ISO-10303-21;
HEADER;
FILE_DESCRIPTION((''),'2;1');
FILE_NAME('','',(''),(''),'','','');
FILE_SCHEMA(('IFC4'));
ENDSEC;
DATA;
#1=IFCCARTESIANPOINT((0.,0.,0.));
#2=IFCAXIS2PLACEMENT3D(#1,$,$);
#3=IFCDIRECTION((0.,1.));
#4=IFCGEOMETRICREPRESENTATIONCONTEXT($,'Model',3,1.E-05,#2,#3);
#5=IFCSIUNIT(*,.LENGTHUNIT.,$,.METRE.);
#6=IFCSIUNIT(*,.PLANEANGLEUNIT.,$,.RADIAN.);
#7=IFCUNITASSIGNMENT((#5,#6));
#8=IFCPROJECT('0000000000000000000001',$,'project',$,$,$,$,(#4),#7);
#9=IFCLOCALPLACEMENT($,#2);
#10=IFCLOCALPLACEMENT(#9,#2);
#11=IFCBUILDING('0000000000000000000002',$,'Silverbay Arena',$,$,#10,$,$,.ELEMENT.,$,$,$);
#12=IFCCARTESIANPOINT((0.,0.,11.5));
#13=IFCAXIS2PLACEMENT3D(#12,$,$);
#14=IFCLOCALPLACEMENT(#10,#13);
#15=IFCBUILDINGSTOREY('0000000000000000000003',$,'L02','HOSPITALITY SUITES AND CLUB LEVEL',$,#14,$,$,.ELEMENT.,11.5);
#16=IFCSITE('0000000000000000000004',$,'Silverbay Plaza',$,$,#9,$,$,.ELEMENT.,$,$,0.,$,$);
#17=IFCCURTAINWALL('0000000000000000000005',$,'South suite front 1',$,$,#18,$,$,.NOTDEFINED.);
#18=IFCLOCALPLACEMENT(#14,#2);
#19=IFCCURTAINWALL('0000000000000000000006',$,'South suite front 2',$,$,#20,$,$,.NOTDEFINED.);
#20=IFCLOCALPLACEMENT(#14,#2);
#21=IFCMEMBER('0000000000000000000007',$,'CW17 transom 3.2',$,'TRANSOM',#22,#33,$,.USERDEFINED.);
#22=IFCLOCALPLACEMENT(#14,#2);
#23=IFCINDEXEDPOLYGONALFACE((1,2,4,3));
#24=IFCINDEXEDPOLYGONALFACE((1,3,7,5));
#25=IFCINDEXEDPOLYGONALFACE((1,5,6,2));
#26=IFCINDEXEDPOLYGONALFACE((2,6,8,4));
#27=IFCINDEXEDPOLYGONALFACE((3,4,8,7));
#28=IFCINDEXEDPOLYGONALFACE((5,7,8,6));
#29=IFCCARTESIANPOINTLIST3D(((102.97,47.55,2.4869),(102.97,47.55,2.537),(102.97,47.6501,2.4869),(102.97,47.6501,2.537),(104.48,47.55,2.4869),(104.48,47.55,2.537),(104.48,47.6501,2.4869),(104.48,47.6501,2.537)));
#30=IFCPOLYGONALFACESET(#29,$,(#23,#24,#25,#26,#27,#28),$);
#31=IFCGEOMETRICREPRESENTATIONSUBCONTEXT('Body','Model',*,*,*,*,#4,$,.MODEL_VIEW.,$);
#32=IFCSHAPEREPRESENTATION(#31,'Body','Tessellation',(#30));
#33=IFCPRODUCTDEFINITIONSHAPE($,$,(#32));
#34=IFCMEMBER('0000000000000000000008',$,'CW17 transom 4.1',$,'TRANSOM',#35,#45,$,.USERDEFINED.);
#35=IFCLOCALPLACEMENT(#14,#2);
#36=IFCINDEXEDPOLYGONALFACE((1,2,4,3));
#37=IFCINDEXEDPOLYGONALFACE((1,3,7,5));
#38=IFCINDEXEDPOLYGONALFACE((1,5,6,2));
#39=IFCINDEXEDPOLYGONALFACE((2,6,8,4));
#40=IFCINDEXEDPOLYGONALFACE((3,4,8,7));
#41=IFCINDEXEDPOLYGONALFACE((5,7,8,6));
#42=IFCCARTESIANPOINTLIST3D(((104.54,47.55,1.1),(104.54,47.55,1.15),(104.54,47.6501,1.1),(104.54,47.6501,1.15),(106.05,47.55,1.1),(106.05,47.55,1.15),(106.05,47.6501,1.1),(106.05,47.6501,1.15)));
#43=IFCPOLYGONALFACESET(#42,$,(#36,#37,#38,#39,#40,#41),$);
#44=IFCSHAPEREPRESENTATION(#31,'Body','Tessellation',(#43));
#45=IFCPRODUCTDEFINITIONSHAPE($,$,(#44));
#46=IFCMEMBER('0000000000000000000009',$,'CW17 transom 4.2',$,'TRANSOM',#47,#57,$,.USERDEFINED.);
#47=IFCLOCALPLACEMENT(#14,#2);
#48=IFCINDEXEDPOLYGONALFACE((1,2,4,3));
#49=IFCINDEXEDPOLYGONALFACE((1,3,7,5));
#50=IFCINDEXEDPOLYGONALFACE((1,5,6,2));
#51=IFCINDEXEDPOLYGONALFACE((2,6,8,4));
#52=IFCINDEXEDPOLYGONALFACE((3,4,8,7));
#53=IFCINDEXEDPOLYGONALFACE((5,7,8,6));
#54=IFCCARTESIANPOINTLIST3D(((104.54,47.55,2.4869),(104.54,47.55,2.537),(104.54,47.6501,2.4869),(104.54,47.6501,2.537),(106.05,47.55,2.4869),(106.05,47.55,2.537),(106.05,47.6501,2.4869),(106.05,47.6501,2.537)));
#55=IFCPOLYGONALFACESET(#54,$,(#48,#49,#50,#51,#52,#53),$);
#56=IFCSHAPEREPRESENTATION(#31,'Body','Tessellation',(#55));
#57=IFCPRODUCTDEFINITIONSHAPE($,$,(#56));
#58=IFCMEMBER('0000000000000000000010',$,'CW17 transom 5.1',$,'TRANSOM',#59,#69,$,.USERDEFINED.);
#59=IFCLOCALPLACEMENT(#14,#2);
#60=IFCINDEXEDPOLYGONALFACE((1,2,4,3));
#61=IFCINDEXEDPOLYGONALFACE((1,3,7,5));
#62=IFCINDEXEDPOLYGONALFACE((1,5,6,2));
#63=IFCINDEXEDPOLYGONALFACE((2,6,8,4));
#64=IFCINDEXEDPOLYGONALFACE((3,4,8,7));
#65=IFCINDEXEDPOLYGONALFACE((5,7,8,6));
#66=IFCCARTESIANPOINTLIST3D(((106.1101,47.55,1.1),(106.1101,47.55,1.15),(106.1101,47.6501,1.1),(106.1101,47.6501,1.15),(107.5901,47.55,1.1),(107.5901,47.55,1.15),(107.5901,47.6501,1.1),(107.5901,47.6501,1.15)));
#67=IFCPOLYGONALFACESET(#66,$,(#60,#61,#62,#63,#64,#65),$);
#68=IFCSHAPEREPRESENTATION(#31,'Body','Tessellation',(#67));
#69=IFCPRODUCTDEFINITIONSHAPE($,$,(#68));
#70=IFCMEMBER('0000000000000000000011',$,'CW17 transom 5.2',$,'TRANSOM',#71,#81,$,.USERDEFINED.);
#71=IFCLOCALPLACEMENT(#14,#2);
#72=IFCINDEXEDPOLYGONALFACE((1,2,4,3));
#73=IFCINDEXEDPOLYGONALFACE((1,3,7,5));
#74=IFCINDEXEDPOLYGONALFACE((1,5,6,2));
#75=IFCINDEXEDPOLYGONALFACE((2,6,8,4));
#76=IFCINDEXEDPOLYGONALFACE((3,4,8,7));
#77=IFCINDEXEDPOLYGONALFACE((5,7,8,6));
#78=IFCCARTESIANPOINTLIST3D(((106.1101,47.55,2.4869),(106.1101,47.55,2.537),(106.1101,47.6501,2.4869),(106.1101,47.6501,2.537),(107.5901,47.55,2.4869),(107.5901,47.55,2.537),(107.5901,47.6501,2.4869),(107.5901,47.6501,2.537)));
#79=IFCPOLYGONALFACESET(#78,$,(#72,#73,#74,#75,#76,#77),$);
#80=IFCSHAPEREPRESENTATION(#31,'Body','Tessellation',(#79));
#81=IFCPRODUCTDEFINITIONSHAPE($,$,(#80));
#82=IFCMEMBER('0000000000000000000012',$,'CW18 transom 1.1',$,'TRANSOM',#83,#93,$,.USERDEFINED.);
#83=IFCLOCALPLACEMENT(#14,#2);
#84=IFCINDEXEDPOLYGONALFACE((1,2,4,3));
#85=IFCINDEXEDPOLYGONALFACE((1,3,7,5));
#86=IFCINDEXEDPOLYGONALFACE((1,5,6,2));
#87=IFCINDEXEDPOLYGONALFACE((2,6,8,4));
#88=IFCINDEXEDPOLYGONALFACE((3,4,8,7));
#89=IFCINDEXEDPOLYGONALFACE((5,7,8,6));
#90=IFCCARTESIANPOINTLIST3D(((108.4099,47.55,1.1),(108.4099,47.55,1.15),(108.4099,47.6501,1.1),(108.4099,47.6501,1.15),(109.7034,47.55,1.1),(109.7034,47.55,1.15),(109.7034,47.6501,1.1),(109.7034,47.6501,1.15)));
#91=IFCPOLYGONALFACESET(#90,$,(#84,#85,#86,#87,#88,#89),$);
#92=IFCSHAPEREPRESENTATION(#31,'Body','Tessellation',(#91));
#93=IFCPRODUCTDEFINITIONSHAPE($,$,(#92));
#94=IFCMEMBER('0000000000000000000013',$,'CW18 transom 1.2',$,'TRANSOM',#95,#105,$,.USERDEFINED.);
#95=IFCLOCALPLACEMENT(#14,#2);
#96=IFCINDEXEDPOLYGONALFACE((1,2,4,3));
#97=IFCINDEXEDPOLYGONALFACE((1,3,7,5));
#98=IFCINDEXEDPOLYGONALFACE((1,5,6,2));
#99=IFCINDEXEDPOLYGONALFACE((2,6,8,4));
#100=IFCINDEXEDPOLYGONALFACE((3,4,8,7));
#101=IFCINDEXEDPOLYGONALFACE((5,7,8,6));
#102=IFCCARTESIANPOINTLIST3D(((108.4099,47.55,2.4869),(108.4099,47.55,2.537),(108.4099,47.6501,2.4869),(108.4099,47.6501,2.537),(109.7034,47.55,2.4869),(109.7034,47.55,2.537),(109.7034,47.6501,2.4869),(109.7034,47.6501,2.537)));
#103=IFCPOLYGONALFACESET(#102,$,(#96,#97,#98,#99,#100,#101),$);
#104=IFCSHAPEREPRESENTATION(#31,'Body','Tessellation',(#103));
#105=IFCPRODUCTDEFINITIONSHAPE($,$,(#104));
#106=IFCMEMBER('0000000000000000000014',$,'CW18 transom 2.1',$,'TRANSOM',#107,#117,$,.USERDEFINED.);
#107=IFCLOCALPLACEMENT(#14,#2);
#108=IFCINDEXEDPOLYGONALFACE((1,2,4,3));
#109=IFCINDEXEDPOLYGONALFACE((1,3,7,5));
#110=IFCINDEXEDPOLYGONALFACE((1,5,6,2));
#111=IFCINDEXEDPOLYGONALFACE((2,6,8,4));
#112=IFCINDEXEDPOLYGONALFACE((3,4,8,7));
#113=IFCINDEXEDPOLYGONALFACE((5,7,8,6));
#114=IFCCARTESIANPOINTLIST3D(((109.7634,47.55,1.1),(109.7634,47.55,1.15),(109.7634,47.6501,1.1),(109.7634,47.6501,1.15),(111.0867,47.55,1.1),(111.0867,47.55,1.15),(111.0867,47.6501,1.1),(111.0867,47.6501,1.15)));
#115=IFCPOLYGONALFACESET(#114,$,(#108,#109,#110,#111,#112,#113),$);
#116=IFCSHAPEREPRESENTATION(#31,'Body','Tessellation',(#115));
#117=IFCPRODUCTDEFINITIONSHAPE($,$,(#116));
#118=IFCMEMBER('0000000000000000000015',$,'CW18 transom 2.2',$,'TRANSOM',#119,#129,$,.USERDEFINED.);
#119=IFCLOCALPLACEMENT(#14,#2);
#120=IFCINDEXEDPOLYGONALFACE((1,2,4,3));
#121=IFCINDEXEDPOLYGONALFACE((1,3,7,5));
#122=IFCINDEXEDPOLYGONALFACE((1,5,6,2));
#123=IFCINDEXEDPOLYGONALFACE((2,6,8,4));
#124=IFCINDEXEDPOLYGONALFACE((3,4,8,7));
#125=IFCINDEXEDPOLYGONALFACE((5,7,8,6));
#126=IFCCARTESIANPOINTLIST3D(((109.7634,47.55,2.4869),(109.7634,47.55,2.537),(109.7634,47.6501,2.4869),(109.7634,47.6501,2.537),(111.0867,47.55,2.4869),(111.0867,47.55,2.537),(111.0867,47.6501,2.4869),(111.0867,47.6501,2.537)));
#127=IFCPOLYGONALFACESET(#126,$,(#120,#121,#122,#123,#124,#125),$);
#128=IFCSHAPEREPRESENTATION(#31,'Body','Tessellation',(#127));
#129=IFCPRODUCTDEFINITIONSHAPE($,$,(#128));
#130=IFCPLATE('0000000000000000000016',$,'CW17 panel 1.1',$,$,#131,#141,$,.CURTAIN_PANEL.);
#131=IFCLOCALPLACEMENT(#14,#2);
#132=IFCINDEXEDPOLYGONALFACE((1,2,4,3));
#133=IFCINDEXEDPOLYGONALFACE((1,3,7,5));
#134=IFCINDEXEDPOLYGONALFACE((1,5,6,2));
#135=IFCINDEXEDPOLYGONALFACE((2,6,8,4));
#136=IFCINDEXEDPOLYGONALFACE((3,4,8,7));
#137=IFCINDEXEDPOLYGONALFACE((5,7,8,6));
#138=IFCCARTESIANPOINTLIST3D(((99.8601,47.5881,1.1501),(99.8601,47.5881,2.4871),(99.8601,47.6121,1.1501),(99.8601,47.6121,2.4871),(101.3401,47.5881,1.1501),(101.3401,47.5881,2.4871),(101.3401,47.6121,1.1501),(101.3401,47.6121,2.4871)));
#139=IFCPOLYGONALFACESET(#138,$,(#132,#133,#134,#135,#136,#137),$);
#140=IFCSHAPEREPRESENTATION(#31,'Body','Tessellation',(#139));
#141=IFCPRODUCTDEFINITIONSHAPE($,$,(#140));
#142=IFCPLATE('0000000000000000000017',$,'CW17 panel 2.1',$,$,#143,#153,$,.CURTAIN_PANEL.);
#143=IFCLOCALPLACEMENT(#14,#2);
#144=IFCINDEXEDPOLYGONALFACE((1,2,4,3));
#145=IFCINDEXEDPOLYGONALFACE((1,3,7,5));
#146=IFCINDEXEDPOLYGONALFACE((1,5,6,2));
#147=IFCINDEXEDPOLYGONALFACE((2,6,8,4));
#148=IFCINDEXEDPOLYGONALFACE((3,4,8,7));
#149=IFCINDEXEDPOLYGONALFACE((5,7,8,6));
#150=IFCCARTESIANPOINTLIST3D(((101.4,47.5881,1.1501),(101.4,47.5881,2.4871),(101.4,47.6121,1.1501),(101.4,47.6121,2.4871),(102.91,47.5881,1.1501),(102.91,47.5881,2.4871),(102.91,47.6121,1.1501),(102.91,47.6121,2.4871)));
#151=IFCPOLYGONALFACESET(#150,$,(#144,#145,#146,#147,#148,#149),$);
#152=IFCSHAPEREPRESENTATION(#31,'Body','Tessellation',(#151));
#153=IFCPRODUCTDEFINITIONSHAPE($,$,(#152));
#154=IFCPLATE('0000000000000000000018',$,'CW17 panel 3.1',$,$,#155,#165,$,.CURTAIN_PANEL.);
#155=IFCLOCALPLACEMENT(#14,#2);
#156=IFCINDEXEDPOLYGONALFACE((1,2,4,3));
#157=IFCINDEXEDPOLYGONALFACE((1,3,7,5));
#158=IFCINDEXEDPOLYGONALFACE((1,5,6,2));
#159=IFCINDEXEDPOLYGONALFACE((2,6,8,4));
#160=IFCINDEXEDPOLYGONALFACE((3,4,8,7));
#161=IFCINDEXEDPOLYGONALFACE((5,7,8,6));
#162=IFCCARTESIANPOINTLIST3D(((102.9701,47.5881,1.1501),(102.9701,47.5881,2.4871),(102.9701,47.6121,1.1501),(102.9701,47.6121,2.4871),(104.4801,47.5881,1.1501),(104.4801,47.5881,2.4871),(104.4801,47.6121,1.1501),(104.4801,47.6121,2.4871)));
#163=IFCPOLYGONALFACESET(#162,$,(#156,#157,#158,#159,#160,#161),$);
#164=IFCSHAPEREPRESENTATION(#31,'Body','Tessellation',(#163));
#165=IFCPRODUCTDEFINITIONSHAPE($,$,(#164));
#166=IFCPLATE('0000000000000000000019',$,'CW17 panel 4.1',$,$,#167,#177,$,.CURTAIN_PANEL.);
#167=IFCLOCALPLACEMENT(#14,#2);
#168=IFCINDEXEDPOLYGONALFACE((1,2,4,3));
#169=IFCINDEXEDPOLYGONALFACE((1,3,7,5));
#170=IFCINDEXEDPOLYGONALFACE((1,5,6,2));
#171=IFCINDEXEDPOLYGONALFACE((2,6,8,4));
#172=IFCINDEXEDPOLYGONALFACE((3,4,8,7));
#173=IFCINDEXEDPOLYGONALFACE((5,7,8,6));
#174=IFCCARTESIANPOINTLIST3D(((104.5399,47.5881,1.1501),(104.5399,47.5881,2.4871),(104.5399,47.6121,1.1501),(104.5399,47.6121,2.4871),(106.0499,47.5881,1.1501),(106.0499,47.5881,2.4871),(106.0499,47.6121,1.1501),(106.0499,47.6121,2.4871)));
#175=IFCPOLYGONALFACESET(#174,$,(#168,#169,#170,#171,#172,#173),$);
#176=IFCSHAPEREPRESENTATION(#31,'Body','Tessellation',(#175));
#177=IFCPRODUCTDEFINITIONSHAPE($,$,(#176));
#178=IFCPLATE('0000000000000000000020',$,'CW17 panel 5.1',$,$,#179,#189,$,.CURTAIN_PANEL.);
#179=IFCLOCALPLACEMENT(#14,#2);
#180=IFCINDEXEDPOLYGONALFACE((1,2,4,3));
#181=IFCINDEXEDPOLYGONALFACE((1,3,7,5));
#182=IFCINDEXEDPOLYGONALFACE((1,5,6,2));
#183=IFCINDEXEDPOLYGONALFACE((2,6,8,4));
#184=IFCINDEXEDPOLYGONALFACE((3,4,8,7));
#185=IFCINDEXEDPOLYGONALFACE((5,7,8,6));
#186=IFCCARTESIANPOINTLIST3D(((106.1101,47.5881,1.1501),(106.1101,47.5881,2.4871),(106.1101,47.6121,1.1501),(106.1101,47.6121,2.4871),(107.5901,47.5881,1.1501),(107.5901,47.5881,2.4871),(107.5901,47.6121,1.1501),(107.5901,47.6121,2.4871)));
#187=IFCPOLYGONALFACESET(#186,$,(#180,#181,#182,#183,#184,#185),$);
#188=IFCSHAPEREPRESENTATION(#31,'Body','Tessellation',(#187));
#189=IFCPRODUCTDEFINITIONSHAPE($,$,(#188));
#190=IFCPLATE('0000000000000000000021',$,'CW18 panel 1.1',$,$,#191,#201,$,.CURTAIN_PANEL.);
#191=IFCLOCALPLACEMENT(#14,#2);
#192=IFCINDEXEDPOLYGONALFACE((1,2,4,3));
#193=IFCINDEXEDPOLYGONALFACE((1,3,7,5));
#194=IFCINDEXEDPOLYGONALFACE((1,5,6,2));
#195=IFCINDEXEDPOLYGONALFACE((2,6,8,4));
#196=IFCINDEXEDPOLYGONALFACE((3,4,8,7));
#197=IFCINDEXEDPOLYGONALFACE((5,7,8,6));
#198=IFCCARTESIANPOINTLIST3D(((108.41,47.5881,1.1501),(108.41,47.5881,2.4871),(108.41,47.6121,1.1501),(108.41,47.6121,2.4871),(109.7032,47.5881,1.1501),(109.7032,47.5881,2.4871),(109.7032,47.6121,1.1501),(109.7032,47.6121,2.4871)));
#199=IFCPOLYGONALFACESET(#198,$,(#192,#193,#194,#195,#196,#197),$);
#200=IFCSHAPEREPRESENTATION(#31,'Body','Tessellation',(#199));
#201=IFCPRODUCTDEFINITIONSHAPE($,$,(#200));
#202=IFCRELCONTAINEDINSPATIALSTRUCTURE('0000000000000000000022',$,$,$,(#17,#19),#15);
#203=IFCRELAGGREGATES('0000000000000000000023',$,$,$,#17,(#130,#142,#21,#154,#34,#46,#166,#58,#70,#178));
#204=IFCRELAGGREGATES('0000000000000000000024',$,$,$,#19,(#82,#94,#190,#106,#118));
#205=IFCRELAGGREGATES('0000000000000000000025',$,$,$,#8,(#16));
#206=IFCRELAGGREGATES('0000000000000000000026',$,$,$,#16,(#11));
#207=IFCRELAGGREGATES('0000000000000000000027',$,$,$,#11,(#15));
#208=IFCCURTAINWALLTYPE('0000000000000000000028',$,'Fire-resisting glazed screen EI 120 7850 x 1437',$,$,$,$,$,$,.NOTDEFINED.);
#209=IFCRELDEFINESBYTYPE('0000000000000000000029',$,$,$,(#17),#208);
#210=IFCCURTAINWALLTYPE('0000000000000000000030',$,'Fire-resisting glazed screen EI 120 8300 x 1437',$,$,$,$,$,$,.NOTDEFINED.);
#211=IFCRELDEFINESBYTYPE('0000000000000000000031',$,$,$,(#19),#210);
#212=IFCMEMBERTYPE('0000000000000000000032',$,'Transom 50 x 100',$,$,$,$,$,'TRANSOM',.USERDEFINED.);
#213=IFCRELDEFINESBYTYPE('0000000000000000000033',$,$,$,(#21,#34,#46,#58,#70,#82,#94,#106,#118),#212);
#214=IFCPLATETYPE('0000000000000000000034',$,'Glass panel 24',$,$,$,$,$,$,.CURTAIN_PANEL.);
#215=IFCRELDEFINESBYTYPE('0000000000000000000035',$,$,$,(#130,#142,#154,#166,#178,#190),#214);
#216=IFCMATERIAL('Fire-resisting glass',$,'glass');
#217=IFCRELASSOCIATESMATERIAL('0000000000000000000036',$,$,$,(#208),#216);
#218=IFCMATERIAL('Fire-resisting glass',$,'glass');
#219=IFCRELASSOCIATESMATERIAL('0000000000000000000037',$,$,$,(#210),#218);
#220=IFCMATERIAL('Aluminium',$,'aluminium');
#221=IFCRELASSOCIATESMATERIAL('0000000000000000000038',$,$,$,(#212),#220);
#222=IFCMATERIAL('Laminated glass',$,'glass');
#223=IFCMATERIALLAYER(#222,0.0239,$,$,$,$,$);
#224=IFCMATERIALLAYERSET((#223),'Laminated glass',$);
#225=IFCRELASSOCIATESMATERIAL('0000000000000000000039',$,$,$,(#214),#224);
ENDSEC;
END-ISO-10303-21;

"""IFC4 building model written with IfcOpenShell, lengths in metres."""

from ifc_helpers import new_model, si_unit, direction, frame, origin, origin_2d, place, context, subcontext, project, spatial, rectangle, extrude, material, layer, layer_set, material_profile, profile_set, type_object, element, aggregate, save


model = new_model("IFC4")

# Units and contexts
model_context = context("Model", 3, precision=1e-05, world=origin(), true_north=direction((0.0, 1.0)))
body_context = subcontext(model_context, "Body", "Model", "MODEL_VIEW")
ifc_project = project(units=[si_unit("LENGTHUNIT", "METRE"), si_unit("PLANEANGLEUNIT", "RADIAN")], contexts=[model_context])

# Site, building, storey
site_placement = place(None, origin())
site = spatial("IfcSite", under=ifc_project, at=site_placement, Name="Silverbay Plaza", CompositionType="ELEMENT", RefElevation=0.0)
building_placement = place(site_placement, origin())
building = spatial("IfcBuilding", under=site, at=building_placement, Name="Silverbay Arena", CompositionType="ELEMENT")
storey_placement = place(building_placement, frame((0.0, 0.0, 11.5)))
storey = spatial("IfcBuildingStorey", under=building, at=storey_placement, Name="L02", Description="HOSPITALITY SUITES AND CLUB LEVEL", CompositionType="ELEMENT", Elevation=11.5)

# Curtain walls
ifc_material_1 = material(Name="Fire-resisting glass", Category="glass")
curtain_wall_type_1 = type_object("IfcCurtainWallType", Name="Fire-resisting glazed screen EI 120 7850 x 1437", PredefinedType="NOTDEFINED", material=ifc_material_1)
curtain_wall_1_placement = place(storey_placement, origin())
curtain_wall_1 = element("IfcCurtainWall", 1, at=curtain_wall_1_placement, inside=storey, type_object=curtain_wall_type_1, Name="South suite front 1", PredefinedType="NOTDEFINED")
ifc_material_2 = material(Name="Fire-resisting glass", Category="glass")
curtain_wall_type_2 = type_object("IfcCurtainWallType", Name="Fire-resisting glazed screen EI 120 8300 x 1437", PredefinedType="NOTDEFINED", material=ifc_material_2)
curtain_wall_2_placement = place(storey_placement, origin())
curtain_wall_2 = element("IfcCurtainWall", 2, at=curtain_wall_2_placement, inside=storey, type_object=curtain_wall_type_2, Name="South suite front 2", PredefinedType="NOTDEFINED")

# Members
ifc_material_3 = material(Name="Aluminium", Category="aluminium")
ifc_material_profile_1 = material_profile(ifc_material_3, rectangle(XDim=0.1001, YDim=0.05, at=origin_2d()), Name="Transom 50 x 100")
ifc_profile_set_1 = profile_set([ifc_material_profile_1], Name="Aluminium")
member_type_1 = type_object("IfcMemberType", Name="Transom 50 x 100", ElementType="TRANSOM", PredefinedType="USERDEFINED", material=ifc_profile_set_1)
member_1_placement = place(storey_placement, frame((102.97, 47.6001, 2.512), z_axis=(1.0, 0.0, 0.0), x_axis=(0.0, 1.0, 0.0)))
member_1 = element("IfcMember", 3, at=member_1_placement, type_object=member_type_1, Name="CW17 transom 3.2", ObjectType="TRANSOM", PredefinedType="USERDEFINED", context=body_context, shape_type="SweptSolid", body=[
    extrude(rectangle(XDim=0.1001, YDim=0.05, at=origin_2d()), origin(), (0.0, 0.0, 1.0), 1.51),
])
member_2_placement = place(storey_placement, frame((104.54, 47.6001, 1.125), z_axis=(1.0, 0.0, 0.0), x_axis=(0.0, 1.0, 0.0)))
member_2 = element("IfcMember", 4, at=member_2_placement, type_object=member_type_1, Name="CW17 transom 4.1", ObjectType="TRANSOM", PredefinedType="USERDEFINED", context=body_context, shape_type="SweptSolid", body=[
    extrude(rectangle(XDim=0.1001, YDim=0.05, at=origin_2d()), origin(), (0.0, 0.0, 1.0), 1.51),
])
member_3_placement = place(storey_placement, frame((104.54, 47.6001, 2.512), z_axis=(1.0, 0.0, 0.0), x_axis=(0.0, 1.0, 0.0)))
member_3 = element("IfcMember", 5, at=member_3_placement, type_object=member_type_1, Name="CW17 transom 4.2", ObjectType="TRANSOM", PredefinedType="USERDEFINED", context=body_context, shape_type="SweptSolid", body=[
    extrude(rectangle(XDim=0.1001, YDim=0.05, at=origin_2d()), origin(), (0.0, 0.0, 1.0), 1.51),
])
member_4_placement = place(storey_placement, frame((106.1101, 47.6001, 1.125), z_axis=(1.0, 0.0, 0.0), x_axis=(0.0, 1.0, 0.0)))
member_4 = element("IfcMember", 6, at=member_4_placement, type_object=member_type_1, Name="CW17 transom 5.1", ObjectType="TRANSOM", PredefinedType="USERDEFINED", context=body_context, shape_type="SweptSolid", body=[
    extrude(rectangle(XDim=0.1001, YDim=0.05, at=origin_2d()), origin(), (0.0, 0.0, 1.0), 1.48),
])
member_5_placement = place(storey_placement, frame((106.1101, 47.6001, 2.512), z_axis=(1.0, 0.0, 0.0), x_axis=(0.0, 1.0, 0.0)))
member_5 = element("IfcMember", 7, at=member_5_placement, type_object=member_type_1, Name="CW17 transom 5.2", ObjectType="TRANSOM", PredefinedType="USERDEFINED", context=body_context, shape_type="SweptSolid", body=[
    extrude(rectangle(XDim=0.1001, YDim=0.05, at=origin_2d()), origin(), (0.0, 0.0, 1.0), 1.48),
])
member_6_placement = place(storey_placement, frame((108.4099, 47.6001, 1.125), z_axis=(1.0, 0.0, 0.0), x_axis=(0.0, 1.0, 0.0)))
member_6 = element("IfcMember", 8, at=member_6_placement, type_object=member_type_1, Name="CW18 transom 1.1", ObjectType="TRANSOM", PredefinedType="USERDEFINED", context=body_context, shape_type="SweptSolid", body=[
    extrude(rectangle(XDim=0.1001, YDim=0.05, at=origin_2d()), origin(), (0.0, 0.0, 1.0), 1.2935),
])
member_7_placement = place(storey_placement, frame((108.4099, 47.6001, 2.512), z_axis=(1.0, 0.0, 0.0), x_axis=(0.0, 1.0, 0.0)))
member_7 = element("IfcMember", 9, at=member_7_placement, type_object=member_type_1, Name="CW18 transom 1.2", ObjectType="TRANSOM", PredefinedType="USERDEFINED", context=body_context, shape_type="SweptSolid", body=[
    extrude(rectangle(XDim=0.1001, YDim=0.05, at=origin_2d()), origin(), (0.0, 0.0, 1.0), 1.2935),
])
member_8_placement = place(storey_placement, frame((109.7634, 47.6001, 1.125), z_axis=(1.0, 0.0, 0.0), x_axis=(0.0, 1.0, 0.0)))
member_8 = element("IfcMember", 10, at=member_8_placement, type_object=member_type_1, Name="CW18 transom 2.1", ObjectType="TRANSOM", PredefinedType="USERDEFINED", context=body_context, shape_type="SweptSolid", body=[
    extrude(rectangle(XDim=0.1001, YDim=0.05, at=origin_2d()), origin(), (0.0, 0.0, 1.0), 1.3232),
])
member_9_placement = place(storey_placement, frame((109.7634, 47.6001, 2.512), z_axis=(1.0, 0.0, 0.0), x_axis=(0.0, 1.0, 0.0)))
member_9 = element("IfcMember", 11, at=member_9_placement, type_object=member_type_1, Name="CW18 transom 2.2", ObjectType="TRANSOM", PredefinedType="USERDEFINED", context=body_context, shape_type="SweptSolid", body=[
    extrude(rectangle(XDim=0.1001, YDim=0.05, at=origin_2d()), origin(), (0.0, 0.0, 1.0), 1.3232),
])

# Plates
ifc_material_4 = material(Name="Laminated glass", Category="glass")
ifc_layer_1 = layer(ifc_material_4, 0.0239)
ifc_layer_set_1 = layer_set([ifc_layer_1], Name="Laminated glass")
plate_type = type_object("IfcPlateType", Name="Glass panel 24", PredefinedType="CURTAIN_PANEL", material=ifc_layer_set_1)
plate_1_placement = place(storey_placement, frame((100.6001, 47.6001, 1.1501), z_axis=(0.0, 0.0, 1.0), x_axis=(1.0, 0.0, 0.0)))
plate_1 = element("IfcPlate", 12, at=plate_1_placement, type_object=plate_type, Name="CW17 panel 1.1", PredefinedType="CURTAIN_PANEL", context=body_context, shape_type="SweptSolid", body=[
    extrude(rectangle(XDim=1.48, YDim=0.0239, at=origin_2d()), origin(), (0.0, 0.0, 1.0), 1.3369),
])
plate_2_placement = place(storey_placement, frame((102.155, 47.6001, 1.1501), z_axis=(0.0, 0.0, 1.0), x_axis=(1.0, 0.0, 0.0)))
plate_2 = element("IfcPlate", 13, at=plate_2_placement, type_object=plate_type, Name="CW17 panel 2.1", PredefinedType="CURTAIN_PANEL", context=body_context, shape_type="SweptSolid", body=[
    extrude(rectangle(XDim=1.51, YDim=0.0239, at=origin_2d()), origin(), (0.0, 0.0, 1.0), 1.3369),
])
plate_3_placement = place(storey_placement, frame((103.7251, 47.6001, 1.1501), z_axis=(0.0, 0.0, 1.0), x_axis=(1.0, 0.0, 0.0)))
plate_3 = element("IfcPlate", 14, at=plate_3_placement, type_object=plate_type, Name="CW17 panel 3.1", PredefinedType="CURTAIN_PANEL", context=body_context, shape_type="SweptSolid", body=[
    extrude(rectangle(XDim=1.51, YDim=0.0239, at=origin_2d()), origin(), (0.0, 0.0, 1.0), 1.3369),
])
plate_4_placement = place(storey_placement, frame((105.2949, 47.6001, 1.1501), z_axis=(0.0, 0.0, 1.0), x_axis=(1.0, 0.0, 0.0)))
plate_4 = element("IfcPlate", 15, at=plate_4_placement, type_object=plate_type, Name="CW17 panel 4.1", PredefinedType="CURTAIN_PANEL", context=body_context, shape_type="SweptSolid", body=[
    extrude(rectangle(XDim=1.51, YDim=0.0239, at=origin_2d()), origin(), (0.0, 0.0, 1.0), 1.3369),
])
plate_5_placement = place(storey_placement, frame((106.8501, 47.6001, 1.1501), z_axis=(0.0, 0.0, 1.0), x_axis=(1.0, 0.0, 0.0)))
plate_5 = element("IfcPlate", 16, at=plate_5_placement, type_object=plate_type, Name="CW17 panel 5.1", PredefinedType="CURTAIN_PANEL", context=body_context, shape_type="SweptSolid", body=[
    extrude(rectangle(XDim=1.48, YDim=0.0239, at=origin_2d()), origin(), (0.0, 0.0, 1.0), 1.3369),
])
aggregate(curtain_wall_1, [plate_1, plate_2, member_1, plate_3, member_2, member_3, plate_4, member_4, member_5, plate_5])
plate_6_placement = place(storey_placement, frame((109.0566, 47.6001, 1.1501), z_axis=(0.0, 0.0, 1.0), x_axis=(1.0, 0.0, 0.0)))
plate_6 = element("IfcPlate", 17, at=plate_6_placement, type_object=plate_type, Name="CW18 panel 1.1", PredefinedType="CURTAIN_PANEL", context=body_context, shape_type="SweptSolid", body=[
    extrude(rectangle(XDim=1.2932, YDim=0.0239, at=origin_2d()), origin(), (0.0, 0.0, 1.0), 1.3369),
])
aggregate(curtain_wall_2, [member_6, member_7, plate_6, member_8, member_9])

save(model, "model.ifc")
